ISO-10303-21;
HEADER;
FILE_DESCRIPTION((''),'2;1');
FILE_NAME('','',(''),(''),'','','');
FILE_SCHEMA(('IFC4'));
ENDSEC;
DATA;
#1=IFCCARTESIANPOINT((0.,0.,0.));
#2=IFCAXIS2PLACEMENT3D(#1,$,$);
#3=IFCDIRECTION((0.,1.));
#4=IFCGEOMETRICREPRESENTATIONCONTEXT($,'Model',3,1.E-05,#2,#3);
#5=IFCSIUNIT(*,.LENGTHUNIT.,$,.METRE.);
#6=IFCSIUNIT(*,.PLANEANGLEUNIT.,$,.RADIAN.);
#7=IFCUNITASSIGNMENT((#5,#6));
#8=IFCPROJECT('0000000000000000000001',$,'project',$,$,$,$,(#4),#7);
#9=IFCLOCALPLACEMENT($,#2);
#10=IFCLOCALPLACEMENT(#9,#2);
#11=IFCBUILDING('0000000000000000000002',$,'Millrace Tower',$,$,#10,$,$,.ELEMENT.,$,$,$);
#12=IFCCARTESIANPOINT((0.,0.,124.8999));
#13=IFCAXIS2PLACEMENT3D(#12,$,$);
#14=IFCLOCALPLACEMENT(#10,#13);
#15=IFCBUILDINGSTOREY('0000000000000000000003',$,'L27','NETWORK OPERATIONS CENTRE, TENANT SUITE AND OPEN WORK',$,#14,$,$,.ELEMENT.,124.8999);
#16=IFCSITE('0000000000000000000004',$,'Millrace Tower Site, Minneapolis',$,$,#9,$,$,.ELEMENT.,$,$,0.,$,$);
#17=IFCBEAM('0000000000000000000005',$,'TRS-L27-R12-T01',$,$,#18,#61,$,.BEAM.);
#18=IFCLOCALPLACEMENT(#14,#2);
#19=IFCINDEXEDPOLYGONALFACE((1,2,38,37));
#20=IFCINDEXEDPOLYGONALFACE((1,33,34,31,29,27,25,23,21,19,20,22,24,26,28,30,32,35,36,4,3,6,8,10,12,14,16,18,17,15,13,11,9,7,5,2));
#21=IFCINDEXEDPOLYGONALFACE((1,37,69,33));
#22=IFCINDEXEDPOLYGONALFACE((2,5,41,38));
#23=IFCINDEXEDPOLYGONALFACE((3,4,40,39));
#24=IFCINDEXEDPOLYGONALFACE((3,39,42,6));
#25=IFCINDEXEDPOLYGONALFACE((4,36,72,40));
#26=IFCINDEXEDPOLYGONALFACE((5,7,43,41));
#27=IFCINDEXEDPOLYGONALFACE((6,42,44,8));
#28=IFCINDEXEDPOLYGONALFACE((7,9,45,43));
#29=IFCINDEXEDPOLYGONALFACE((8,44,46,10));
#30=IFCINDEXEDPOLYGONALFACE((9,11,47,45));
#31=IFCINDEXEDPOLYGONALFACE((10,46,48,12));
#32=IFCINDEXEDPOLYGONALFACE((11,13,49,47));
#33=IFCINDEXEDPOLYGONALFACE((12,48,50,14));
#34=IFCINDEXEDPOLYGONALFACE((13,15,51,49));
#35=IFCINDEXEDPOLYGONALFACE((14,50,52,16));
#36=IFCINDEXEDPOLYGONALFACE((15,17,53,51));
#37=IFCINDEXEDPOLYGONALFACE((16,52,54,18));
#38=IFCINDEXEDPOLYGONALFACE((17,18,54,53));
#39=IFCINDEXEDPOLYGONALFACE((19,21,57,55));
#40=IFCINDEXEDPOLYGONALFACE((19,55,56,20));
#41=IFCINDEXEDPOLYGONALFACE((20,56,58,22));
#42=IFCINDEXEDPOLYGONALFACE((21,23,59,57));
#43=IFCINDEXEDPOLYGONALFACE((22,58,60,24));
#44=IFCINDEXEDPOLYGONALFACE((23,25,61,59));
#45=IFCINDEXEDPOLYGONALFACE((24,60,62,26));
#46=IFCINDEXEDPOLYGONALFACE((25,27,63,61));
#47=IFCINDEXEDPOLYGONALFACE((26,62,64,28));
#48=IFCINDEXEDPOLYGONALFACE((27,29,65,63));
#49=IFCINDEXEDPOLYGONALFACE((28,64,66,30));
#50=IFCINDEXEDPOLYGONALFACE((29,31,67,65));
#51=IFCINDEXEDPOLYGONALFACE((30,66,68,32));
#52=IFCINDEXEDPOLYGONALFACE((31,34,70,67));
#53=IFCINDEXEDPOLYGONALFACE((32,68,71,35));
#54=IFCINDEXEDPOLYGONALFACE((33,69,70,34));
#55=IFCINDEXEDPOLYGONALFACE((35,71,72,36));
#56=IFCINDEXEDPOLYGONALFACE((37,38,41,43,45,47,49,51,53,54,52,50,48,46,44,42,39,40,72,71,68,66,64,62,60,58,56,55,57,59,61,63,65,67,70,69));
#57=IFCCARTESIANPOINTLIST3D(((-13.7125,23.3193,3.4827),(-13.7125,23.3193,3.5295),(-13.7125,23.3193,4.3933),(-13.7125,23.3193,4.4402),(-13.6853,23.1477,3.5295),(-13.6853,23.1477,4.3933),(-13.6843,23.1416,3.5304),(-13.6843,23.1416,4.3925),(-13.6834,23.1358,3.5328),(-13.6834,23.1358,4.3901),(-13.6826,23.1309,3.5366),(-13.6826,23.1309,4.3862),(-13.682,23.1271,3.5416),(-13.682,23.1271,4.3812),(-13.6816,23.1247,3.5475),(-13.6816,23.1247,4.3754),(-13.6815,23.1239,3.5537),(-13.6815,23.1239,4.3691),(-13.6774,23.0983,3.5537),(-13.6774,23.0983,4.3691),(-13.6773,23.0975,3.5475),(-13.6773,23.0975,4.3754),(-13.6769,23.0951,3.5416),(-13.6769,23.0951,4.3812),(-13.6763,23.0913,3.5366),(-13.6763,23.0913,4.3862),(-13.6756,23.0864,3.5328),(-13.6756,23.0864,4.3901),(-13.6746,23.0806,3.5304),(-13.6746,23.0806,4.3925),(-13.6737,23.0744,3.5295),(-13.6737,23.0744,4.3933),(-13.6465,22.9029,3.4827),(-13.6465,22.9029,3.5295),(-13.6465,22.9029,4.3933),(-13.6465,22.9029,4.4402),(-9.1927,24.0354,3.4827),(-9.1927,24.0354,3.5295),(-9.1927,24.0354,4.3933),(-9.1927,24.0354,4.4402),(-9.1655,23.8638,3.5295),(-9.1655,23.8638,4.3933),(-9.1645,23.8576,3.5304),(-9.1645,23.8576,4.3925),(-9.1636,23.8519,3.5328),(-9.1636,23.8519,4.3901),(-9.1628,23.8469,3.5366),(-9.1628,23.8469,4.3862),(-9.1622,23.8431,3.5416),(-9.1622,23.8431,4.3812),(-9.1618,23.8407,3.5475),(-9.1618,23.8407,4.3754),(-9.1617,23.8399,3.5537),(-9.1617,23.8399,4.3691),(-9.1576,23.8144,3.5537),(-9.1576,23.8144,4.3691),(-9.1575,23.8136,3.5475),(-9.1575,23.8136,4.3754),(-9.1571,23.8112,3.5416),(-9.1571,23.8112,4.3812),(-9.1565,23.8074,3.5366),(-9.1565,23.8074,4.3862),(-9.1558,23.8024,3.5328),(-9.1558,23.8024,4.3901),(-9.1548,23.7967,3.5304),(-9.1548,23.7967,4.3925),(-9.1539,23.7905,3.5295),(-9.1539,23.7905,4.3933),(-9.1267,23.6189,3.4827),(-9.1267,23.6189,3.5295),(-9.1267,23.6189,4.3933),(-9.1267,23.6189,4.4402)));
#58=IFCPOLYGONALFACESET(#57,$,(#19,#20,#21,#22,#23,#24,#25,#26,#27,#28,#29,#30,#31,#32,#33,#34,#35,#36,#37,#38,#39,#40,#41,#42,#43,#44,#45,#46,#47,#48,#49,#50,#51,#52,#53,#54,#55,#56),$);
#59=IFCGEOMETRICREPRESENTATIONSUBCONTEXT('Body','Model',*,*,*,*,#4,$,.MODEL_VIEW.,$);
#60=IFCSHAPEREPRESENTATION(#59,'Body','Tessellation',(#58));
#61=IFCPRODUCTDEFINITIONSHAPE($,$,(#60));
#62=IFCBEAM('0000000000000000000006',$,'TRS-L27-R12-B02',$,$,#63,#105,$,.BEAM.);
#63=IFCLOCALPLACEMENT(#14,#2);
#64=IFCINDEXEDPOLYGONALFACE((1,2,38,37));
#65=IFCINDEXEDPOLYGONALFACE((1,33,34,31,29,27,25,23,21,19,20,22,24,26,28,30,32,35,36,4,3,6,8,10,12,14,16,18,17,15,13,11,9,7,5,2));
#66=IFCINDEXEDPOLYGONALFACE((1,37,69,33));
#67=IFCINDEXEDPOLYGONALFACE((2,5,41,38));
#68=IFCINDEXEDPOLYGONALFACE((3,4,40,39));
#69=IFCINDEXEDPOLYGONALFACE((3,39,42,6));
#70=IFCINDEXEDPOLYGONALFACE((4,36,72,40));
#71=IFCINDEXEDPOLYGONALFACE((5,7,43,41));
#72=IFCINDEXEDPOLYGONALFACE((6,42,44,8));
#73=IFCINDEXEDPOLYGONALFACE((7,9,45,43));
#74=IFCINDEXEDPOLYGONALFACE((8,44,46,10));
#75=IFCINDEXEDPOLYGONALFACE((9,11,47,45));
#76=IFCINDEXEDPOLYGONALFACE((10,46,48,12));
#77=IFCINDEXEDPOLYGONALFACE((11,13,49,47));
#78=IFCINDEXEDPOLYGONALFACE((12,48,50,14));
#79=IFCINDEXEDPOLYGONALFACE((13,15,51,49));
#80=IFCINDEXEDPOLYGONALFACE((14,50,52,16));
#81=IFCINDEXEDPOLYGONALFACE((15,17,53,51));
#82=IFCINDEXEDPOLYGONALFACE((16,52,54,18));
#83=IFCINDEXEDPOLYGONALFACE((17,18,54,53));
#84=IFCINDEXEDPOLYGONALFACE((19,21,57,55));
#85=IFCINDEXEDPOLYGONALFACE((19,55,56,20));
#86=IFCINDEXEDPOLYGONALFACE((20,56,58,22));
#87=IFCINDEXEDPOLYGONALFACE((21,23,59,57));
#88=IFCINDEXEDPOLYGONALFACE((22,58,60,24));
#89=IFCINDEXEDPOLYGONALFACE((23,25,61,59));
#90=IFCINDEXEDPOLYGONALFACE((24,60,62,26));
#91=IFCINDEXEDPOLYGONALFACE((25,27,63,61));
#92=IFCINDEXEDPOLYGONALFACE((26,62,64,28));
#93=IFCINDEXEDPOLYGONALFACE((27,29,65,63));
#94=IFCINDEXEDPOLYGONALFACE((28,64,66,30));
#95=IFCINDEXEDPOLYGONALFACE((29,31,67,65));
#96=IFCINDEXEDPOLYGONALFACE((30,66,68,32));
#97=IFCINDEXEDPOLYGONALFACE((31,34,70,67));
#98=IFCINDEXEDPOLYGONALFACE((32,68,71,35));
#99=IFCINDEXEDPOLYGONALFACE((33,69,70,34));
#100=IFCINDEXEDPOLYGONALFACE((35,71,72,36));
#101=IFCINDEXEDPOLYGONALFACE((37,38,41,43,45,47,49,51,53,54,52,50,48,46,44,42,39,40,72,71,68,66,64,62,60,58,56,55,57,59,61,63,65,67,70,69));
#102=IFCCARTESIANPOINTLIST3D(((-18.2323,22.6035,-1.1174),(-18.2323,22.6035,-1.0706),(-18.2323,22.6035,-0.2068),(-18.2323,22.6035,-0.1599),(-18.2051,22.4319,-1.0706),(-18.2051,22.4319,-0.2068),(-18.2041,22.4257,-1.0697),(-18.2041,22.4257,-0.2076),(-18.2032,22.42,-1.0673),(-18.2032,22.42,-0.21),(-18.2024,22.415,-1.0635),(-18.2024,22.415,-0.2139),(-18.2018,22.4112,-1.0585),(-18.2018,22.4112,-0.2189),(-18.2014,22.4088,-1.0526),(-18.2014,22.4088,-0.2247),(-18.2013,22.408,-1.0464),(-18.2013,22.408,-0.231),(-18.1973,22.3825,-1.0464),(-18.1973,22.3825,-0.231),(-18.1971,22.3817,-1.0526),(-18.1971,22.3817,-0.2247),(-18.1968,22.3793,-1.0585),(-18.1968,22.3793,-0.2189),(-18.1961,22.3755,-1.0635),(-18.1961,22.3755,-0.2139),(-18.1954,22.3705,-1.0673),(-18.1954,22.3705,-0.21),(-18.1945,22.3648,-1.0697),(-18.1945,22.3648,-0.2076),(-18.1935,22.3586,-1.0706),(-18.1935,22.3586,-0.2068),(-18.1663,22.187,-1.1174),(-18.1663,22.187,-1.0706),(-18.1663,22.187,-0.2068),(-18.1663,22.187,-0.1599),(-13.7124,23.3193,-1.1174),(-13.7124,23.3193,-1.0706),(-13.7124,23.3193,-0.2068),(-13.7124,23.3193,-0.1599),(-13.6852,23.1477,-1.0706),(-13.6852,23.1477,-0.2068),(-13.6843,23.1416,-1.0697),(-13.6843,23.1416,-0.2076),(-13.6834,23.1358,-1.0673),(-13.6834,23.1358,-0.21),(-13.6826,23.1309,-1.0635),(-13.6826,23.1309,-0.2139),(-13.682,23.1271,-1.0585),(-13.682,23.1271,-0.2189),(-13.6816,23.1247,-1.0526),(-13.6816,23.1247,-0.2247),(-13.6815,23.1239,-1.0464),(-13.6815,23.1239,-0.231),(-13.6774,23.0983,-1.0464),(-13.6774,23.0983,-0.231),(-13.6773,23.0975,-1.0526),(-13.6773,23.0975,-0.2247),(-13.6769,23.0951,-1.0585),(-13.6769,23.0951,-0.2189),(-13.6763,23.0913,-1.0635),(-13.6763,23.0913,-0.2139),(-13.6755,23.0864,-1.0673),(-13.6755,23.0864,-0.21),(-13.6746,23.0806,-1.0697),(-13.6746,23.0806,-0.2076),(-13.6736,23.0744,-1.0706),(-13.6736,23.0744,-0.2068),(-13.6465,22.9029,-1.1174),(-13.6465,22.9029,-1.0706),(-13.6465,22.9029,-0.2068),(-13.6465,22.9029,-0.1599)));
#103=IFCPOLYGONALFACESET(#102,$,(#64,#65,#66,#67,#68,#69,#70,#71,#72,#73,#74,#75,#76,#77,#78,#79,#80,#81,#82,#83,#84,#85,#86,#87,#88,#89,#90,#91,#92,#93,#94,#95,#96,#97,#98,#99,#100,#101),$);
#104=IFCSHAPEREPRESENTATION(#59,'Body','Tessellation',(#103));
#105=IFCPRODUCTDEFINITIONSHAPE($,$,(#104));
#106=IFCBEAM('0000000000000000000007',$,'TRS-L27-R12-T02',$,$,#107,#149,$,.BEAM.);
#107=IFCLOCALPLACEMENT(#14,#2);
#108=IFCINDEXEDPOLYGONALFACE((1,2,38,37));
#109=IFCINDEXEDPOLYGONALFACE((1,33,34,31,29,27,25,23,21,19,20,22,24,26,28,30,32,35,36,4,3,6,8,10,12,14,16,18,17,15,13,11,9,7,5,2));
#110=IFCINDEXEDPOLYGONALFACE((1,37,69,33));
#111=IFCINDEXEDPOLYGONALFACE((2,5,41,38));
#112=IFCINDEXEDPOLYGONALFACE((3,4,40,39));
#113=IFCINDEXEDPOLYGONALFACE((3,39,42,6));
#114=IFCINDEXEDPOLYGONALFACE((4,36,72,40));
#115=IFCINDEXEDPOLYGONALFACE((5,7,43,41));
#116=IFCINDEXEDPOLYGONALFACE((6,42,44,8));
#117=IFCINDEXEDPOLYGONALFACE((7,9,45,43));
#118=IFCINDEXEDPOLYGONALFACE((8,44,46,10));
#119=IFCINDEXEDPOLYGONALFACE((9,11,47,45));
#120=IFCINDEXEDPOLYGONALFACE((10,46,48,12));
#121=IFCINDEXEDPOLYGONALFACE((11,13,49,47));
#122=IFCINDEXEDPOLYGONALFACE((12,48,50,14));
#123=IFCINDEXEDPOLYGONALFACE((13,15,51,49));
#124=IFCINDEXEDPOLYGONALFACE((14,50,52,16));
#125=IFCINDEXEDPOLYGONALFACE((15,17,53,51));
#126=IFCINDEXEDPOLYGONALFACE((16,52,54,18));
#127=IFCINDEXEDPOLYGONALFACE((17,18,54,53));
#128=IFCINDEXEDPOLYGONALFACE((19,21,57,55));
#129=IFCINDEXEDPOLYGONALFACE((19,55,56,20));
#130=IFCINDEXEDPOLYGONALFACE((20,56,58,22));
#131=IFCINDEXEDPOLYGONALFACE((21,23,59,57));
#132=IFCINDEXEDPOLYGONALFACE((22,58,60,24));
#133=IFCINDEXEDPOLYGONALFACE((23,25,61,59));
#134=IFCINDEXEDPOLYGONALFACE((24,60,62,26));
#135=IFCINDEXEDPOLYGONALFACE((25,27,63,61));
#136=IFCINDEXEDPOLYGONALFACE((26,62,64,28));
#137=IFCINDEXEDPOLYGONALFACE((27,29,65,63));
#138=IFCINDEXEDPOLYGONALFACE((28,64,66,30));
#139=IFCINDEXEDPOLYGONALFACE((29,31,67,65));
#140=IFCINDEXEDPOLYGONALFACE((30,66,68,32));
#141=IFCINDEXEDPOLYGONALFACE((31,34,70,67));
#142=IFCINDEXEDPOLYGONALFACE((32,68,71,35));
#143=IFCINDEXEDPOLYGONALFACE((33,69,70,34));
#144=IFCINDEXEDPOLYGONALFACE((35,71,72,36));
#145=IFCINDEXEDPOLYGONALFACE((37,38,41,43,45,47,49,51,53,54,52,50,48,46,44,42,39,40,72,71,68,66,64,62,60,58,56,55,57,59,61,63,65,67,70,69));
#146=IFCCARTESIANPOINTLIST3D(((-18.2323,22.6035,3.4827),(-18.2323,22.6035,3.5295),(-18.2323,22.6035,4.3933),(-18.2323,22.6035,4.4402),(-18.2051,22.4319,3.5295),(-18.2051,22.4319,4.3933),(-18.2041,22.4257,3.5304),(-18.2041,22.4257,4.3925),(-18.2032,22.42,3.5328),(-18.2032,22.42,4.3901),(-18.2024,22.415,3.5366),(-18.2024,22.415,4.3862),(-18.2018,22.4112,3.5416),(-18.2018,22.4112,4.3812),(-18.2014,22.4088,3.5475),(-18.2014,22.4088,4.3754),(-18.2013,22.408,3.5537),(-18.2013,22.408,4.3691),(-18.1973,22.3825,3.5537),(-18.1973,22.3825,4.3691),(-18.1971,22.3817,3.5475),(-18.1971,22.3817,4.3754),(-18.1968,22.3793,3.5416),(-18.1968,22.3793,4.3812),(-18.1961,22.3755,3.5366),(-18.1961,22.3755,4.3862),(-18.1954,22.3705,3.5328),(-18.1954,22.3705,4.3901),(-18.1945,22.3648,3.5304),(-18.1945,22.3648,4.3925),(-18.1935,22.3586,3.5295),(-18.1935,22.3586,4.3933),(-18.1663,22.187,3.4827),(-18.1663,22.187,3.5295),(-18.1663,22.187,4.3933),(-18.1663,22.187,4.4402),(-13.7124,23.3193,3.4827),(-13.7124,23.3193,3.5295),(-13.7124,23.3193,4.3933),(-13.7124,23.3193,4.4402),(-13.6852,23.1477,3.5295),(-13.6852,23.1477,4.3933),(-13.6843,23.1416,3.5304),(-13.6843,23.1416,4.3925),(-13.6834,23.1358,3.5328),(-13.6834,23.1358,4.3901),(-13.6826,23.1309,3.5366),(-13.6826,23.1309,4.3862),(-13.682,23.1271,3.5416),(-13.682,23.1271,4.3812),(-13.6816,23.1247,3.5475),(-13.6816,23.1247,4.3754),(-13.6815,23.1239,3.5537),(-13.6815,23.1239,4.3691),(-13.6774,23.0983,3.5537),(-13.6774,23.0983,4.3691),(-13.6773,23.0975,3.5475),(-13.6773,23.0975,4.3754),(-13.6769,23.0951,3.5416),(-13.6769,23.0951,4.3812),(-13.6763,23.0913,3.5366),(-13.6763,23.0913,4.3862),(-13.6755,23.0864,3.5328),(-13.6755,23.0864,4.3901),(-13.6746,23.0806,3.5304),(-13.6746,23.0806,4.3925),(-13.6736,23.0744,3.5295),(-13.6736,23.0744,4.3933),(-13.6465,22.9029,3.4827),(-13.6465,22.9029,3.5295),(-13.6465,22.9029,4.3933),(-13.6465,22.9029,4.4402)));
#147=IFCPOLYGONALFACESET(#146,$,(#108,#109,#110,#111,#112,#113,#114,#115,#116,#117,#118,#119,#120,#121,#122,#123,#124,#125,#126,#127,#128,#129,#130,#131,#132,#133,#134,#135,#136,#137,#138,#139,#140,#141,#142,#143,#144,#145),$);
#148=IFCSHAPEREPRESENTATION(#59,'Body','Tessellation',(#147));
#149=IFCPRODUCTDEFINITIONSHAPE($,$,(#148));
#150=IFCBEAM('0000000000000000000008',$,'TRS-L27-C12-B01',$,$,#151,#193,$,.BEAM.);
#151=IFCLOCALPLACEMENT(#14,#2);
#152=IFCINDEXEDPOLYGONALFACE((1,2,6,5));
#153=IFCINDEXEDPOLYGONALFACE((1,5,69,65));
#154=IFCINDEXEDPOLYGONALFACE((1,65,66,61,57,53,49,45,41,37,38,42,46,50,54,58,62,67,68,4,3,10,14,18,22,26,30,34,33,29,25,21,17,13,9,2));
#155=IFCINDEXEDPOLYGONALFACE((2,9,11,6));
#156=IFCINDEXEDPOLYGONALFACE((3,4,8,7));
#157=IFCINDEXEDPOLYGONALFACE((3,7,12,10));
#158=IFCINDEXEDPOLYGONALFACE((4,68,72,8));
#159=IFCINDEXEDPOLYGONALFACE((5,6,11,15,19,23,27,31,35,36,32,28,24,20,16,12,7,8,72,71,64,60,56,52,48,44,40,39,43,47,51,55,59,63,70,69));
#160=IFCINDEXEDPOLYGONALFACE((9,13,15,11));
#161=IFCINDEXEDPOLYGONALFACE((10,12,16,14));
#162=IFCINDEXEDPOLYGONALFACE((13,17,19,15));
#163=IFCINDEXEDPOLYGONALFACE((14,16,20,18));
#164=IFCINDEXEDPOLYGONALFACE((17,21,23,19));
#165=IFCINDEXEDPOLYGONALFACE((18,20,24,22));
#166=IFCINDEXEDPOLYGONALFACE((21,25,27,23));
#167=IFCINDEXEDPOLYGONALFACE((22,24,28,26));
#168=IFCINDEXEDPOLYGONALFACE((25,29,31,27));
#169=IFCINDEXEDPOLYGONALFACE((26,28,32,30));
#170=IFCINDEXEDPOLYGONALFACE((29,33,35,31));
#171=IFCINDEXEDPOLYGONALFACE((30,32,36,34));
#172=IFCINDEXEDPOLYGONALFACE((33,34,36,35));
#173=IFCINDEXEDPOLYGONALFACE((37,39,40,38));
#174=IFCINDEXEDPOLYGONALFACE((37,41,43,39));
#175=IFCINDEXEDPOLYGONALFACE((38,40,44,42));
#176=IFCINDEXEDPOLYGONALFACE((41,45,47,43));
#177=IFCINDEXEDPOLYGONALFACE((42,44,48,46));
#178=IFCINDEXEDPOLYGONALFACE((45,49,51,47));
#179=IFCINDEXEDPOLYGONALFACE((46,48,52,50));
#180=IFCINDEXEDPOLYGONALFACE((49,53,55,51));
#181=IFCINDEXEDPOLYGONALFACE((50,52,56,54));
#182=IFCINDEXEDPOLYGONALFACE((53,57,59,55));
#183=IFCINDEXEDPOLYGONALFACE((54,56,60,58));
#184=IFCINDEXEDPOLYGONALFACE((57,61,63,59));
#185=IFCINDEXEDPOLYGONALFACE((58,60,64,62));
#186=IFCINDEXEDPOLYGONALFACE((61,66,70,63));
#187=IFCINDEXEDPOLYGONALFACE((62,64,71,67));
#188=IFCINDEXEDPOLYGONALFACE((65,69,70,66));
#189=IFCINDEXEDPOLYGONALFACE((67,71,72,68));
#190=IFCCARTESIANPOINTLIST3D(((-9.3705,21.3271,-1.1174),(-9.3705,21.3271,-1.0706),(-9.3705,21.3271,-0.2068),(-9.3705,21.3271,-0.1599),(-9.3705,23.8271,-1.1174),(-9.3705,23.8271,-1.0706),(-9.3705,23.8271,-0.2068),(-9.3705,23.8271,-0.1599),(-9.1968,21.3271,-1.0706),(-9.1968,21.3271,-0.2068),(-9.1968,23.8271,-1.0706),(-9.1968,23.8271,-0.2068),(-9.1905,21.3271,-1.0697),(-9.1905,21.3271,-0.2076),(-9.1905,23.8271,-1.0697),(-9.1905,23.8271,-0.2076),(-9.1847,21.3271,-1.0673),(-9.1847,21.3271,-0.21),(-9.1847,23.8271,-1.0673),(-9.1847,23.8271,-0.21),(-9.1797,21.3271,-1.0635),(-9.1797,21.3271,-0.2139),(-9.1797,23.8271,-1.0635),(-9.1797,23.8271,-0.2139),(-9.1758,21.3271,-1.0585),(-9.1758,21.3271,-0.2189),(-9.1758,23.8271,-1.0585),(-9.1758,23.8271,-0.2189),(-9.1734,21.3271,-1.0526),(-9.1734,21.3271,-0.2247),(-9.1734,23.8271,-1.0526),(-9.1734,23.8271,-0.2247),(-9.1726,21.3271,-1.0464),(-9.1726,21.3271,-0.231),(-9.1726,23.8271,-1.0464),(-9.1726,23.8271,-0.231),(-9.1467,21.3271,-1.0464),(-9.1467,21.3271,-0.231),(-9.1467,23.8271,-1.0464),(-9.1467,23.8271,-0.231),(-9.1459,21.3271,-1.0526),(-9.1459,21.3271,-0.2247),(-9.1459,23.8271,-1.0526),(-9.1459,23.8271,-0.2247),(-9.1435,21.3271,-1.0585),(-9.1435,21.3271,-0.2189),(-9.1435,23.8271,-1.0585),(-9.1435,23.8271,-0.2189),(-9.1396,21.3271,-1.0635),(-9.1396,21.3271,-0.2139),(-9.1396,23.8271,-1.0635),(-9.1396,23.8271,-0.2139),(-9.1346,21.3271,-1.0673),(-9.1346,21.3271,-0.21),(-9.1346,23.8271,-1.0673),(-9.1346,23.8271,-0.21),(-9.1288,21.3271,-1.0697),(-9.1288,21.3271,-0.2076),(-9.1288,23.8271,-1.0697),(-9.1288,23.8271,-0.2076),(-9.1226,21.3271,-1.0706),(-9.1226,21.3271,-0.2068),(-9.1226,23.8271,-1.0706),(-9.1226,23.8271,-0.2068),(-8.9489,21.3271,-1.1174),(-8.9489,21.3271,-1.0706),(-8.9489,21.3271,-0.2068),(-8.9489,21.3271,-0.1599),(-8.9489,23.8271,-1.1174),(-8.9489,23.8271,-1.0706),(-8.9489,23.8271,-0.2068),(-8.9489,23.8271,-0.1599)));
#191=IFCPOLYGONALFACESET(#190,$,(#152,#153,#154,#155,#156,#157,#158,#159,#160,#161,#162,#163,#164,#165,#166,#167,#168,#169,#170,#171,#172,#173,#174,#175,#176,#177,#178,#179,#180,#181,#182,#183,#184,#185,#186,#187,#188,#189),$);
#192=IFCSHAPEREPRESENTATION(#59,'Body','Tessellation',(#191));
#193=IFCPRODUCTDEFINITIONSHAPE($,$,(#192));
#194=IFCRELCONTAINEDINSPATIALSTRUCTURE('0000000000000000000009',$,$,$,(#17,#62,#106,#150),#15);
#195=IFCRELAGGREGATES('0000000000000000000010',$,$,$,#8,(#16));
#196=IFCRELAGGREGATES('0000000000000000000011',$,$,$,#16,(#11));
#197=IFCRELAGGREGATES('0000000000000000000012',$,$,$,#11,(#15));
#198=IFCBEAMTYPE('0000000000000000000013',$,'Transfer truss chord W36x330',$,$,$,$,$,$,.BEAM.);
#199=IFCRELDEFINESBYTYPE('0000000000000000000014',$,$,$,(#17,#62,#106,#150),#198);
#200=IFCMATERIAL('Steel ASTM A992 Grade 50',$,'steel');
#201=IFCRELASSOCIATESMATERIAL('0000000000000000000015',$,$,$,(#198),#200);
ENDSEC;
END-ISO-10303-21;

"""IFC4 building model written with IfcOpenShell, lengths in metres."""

from ifc_helpers import new_model, si_unit, direction, frame, origin, origin_2d, place, context, subcontext, project, spatial, i_section, extrude, material, material_profile, profile_set, type_object, element, save


model = new_model("IFC4")

# Units and contexts
model_context = context("Model", 3, precision=1e-05, world=origin(), true_north=direction((0.0, 1.0)))
body_context = subcontext(model_context, "Body", "Model", "MODEL_VIEW")
ifc_project = project(units=[si_unit("LENGTHUNIT", "METRE"), si_unit("PLANEANGLEUNIT", "RADIAN")], contexts=[model_context])

# Site, building, storey
site_placement = place(None, origin())
site = spatial("IfcSite", under=ifc_project, at=site_placement, Name="Millrace Tower Site, Minneapolis", CompositionType="ELEMENT", RefElevation=0.0)
building_placement = place(site_placement, origin())
building = spatial("IfcBuilding", under=site, at=building_placement, Name="Millrace Tower", CompositionType="ELEMENT")
storey_placement = place(building_placement, frame((0.0, 0.0, 124.8999)))
storey = spatial("IfcBuildingStorey", under=building, at=storey_placement, Name="L27", Description="NETWORK OPERATIONS CENTRE, TENANT SUITE AND OPEN WORK", CompositionType="ELEMENT", Elevation=124.8999)

# Beams
ifc_material_1 = material(Name="Steel ASTM A992 Grade 50", Category="steel")
ifc_material_profile_1 = material_profile(ifc_material_1, i_section(OverallWidth=0.4216, OverallDepth=0.9575, WebThickness=0.0259, FlangeThickness=0.0469, FilletRadius=0.0242, at=origin_2d()))
ifc_profile_set_1 = profile_set([ifc_material_profile_1], Name="Steel ASTM A992 Grade 50")
beam_type_1 = type_object("IfcBeamType", Name="Transfer truss chord W36x330", PredefinedType="BEAM", material=ifc_profile_set_1)
for number, where, z_axis, x_axis, name in (
    (1, (-9.1597, 23.8271, 3.9614), (-0.987682, -0.156478, 0.0), (0.156478, -0.987682, 0.0), "TRS-L27-R12-T01"),
    (2, (-13.6794, 23.1111, -0.6387), (-0.98769, -0.156426, 0.0), (0.156426, -0.98769, 0.0), "TRS-L27-R12-B02"),
    (3, (-13.6794, 23.1111, 3.9614), (-0.98769, -0.156426, 0.0), (0.156426, -0.98769, 0.0), "TRS-L27-R12-T02"),
):
    element("IfcBeam", number, at=place(storey_placement, frame(where, z_axis=z_axis, x_axis=x_axis)), inside=storey, type_object=beam_type_1, Name=name, PredefinedType="BEAM", context=body_context, shape_type="SweptSolid", body=[
        extrude(i_section(OverallWidth=0.4216, OverallDepth=0.9575, WebThickness=0.0259, FlangeThickness=0.0469, FilletRadius=0.0242, at=origin_2d()), origin(), (0.0, 0.0, 1.0), 4.5762),
    ])
for number, where, z_axis, x_axis, name in (
    (4, (-9.1597, 23.8271, -0.6387), (0.0, -1.0, 0.0), (1.0, 0.0, 0.0), "TRS-L27-C12-B01"),
):
    element("IfcBeam", number, at=place(storey_placement, frame(where, z_axis=z_axis, x_axis=x_axis)), inside=storey, type_object=beam_type_1, Name=name, PredefinedType="BEAM", context=body_context, shape_type="SweptSolid", body=[
        extrude(i_section(OverallWidth=0.4216, OverallDepth=0.9575, WebThickness=0.0259, FlangeThickness=0.0469, FilletRadius=0.0242, at=origin_2d()), origin(), (0.0, 0.0, 1.0), 2.5),
    ])

save(model, "model.ifc")
